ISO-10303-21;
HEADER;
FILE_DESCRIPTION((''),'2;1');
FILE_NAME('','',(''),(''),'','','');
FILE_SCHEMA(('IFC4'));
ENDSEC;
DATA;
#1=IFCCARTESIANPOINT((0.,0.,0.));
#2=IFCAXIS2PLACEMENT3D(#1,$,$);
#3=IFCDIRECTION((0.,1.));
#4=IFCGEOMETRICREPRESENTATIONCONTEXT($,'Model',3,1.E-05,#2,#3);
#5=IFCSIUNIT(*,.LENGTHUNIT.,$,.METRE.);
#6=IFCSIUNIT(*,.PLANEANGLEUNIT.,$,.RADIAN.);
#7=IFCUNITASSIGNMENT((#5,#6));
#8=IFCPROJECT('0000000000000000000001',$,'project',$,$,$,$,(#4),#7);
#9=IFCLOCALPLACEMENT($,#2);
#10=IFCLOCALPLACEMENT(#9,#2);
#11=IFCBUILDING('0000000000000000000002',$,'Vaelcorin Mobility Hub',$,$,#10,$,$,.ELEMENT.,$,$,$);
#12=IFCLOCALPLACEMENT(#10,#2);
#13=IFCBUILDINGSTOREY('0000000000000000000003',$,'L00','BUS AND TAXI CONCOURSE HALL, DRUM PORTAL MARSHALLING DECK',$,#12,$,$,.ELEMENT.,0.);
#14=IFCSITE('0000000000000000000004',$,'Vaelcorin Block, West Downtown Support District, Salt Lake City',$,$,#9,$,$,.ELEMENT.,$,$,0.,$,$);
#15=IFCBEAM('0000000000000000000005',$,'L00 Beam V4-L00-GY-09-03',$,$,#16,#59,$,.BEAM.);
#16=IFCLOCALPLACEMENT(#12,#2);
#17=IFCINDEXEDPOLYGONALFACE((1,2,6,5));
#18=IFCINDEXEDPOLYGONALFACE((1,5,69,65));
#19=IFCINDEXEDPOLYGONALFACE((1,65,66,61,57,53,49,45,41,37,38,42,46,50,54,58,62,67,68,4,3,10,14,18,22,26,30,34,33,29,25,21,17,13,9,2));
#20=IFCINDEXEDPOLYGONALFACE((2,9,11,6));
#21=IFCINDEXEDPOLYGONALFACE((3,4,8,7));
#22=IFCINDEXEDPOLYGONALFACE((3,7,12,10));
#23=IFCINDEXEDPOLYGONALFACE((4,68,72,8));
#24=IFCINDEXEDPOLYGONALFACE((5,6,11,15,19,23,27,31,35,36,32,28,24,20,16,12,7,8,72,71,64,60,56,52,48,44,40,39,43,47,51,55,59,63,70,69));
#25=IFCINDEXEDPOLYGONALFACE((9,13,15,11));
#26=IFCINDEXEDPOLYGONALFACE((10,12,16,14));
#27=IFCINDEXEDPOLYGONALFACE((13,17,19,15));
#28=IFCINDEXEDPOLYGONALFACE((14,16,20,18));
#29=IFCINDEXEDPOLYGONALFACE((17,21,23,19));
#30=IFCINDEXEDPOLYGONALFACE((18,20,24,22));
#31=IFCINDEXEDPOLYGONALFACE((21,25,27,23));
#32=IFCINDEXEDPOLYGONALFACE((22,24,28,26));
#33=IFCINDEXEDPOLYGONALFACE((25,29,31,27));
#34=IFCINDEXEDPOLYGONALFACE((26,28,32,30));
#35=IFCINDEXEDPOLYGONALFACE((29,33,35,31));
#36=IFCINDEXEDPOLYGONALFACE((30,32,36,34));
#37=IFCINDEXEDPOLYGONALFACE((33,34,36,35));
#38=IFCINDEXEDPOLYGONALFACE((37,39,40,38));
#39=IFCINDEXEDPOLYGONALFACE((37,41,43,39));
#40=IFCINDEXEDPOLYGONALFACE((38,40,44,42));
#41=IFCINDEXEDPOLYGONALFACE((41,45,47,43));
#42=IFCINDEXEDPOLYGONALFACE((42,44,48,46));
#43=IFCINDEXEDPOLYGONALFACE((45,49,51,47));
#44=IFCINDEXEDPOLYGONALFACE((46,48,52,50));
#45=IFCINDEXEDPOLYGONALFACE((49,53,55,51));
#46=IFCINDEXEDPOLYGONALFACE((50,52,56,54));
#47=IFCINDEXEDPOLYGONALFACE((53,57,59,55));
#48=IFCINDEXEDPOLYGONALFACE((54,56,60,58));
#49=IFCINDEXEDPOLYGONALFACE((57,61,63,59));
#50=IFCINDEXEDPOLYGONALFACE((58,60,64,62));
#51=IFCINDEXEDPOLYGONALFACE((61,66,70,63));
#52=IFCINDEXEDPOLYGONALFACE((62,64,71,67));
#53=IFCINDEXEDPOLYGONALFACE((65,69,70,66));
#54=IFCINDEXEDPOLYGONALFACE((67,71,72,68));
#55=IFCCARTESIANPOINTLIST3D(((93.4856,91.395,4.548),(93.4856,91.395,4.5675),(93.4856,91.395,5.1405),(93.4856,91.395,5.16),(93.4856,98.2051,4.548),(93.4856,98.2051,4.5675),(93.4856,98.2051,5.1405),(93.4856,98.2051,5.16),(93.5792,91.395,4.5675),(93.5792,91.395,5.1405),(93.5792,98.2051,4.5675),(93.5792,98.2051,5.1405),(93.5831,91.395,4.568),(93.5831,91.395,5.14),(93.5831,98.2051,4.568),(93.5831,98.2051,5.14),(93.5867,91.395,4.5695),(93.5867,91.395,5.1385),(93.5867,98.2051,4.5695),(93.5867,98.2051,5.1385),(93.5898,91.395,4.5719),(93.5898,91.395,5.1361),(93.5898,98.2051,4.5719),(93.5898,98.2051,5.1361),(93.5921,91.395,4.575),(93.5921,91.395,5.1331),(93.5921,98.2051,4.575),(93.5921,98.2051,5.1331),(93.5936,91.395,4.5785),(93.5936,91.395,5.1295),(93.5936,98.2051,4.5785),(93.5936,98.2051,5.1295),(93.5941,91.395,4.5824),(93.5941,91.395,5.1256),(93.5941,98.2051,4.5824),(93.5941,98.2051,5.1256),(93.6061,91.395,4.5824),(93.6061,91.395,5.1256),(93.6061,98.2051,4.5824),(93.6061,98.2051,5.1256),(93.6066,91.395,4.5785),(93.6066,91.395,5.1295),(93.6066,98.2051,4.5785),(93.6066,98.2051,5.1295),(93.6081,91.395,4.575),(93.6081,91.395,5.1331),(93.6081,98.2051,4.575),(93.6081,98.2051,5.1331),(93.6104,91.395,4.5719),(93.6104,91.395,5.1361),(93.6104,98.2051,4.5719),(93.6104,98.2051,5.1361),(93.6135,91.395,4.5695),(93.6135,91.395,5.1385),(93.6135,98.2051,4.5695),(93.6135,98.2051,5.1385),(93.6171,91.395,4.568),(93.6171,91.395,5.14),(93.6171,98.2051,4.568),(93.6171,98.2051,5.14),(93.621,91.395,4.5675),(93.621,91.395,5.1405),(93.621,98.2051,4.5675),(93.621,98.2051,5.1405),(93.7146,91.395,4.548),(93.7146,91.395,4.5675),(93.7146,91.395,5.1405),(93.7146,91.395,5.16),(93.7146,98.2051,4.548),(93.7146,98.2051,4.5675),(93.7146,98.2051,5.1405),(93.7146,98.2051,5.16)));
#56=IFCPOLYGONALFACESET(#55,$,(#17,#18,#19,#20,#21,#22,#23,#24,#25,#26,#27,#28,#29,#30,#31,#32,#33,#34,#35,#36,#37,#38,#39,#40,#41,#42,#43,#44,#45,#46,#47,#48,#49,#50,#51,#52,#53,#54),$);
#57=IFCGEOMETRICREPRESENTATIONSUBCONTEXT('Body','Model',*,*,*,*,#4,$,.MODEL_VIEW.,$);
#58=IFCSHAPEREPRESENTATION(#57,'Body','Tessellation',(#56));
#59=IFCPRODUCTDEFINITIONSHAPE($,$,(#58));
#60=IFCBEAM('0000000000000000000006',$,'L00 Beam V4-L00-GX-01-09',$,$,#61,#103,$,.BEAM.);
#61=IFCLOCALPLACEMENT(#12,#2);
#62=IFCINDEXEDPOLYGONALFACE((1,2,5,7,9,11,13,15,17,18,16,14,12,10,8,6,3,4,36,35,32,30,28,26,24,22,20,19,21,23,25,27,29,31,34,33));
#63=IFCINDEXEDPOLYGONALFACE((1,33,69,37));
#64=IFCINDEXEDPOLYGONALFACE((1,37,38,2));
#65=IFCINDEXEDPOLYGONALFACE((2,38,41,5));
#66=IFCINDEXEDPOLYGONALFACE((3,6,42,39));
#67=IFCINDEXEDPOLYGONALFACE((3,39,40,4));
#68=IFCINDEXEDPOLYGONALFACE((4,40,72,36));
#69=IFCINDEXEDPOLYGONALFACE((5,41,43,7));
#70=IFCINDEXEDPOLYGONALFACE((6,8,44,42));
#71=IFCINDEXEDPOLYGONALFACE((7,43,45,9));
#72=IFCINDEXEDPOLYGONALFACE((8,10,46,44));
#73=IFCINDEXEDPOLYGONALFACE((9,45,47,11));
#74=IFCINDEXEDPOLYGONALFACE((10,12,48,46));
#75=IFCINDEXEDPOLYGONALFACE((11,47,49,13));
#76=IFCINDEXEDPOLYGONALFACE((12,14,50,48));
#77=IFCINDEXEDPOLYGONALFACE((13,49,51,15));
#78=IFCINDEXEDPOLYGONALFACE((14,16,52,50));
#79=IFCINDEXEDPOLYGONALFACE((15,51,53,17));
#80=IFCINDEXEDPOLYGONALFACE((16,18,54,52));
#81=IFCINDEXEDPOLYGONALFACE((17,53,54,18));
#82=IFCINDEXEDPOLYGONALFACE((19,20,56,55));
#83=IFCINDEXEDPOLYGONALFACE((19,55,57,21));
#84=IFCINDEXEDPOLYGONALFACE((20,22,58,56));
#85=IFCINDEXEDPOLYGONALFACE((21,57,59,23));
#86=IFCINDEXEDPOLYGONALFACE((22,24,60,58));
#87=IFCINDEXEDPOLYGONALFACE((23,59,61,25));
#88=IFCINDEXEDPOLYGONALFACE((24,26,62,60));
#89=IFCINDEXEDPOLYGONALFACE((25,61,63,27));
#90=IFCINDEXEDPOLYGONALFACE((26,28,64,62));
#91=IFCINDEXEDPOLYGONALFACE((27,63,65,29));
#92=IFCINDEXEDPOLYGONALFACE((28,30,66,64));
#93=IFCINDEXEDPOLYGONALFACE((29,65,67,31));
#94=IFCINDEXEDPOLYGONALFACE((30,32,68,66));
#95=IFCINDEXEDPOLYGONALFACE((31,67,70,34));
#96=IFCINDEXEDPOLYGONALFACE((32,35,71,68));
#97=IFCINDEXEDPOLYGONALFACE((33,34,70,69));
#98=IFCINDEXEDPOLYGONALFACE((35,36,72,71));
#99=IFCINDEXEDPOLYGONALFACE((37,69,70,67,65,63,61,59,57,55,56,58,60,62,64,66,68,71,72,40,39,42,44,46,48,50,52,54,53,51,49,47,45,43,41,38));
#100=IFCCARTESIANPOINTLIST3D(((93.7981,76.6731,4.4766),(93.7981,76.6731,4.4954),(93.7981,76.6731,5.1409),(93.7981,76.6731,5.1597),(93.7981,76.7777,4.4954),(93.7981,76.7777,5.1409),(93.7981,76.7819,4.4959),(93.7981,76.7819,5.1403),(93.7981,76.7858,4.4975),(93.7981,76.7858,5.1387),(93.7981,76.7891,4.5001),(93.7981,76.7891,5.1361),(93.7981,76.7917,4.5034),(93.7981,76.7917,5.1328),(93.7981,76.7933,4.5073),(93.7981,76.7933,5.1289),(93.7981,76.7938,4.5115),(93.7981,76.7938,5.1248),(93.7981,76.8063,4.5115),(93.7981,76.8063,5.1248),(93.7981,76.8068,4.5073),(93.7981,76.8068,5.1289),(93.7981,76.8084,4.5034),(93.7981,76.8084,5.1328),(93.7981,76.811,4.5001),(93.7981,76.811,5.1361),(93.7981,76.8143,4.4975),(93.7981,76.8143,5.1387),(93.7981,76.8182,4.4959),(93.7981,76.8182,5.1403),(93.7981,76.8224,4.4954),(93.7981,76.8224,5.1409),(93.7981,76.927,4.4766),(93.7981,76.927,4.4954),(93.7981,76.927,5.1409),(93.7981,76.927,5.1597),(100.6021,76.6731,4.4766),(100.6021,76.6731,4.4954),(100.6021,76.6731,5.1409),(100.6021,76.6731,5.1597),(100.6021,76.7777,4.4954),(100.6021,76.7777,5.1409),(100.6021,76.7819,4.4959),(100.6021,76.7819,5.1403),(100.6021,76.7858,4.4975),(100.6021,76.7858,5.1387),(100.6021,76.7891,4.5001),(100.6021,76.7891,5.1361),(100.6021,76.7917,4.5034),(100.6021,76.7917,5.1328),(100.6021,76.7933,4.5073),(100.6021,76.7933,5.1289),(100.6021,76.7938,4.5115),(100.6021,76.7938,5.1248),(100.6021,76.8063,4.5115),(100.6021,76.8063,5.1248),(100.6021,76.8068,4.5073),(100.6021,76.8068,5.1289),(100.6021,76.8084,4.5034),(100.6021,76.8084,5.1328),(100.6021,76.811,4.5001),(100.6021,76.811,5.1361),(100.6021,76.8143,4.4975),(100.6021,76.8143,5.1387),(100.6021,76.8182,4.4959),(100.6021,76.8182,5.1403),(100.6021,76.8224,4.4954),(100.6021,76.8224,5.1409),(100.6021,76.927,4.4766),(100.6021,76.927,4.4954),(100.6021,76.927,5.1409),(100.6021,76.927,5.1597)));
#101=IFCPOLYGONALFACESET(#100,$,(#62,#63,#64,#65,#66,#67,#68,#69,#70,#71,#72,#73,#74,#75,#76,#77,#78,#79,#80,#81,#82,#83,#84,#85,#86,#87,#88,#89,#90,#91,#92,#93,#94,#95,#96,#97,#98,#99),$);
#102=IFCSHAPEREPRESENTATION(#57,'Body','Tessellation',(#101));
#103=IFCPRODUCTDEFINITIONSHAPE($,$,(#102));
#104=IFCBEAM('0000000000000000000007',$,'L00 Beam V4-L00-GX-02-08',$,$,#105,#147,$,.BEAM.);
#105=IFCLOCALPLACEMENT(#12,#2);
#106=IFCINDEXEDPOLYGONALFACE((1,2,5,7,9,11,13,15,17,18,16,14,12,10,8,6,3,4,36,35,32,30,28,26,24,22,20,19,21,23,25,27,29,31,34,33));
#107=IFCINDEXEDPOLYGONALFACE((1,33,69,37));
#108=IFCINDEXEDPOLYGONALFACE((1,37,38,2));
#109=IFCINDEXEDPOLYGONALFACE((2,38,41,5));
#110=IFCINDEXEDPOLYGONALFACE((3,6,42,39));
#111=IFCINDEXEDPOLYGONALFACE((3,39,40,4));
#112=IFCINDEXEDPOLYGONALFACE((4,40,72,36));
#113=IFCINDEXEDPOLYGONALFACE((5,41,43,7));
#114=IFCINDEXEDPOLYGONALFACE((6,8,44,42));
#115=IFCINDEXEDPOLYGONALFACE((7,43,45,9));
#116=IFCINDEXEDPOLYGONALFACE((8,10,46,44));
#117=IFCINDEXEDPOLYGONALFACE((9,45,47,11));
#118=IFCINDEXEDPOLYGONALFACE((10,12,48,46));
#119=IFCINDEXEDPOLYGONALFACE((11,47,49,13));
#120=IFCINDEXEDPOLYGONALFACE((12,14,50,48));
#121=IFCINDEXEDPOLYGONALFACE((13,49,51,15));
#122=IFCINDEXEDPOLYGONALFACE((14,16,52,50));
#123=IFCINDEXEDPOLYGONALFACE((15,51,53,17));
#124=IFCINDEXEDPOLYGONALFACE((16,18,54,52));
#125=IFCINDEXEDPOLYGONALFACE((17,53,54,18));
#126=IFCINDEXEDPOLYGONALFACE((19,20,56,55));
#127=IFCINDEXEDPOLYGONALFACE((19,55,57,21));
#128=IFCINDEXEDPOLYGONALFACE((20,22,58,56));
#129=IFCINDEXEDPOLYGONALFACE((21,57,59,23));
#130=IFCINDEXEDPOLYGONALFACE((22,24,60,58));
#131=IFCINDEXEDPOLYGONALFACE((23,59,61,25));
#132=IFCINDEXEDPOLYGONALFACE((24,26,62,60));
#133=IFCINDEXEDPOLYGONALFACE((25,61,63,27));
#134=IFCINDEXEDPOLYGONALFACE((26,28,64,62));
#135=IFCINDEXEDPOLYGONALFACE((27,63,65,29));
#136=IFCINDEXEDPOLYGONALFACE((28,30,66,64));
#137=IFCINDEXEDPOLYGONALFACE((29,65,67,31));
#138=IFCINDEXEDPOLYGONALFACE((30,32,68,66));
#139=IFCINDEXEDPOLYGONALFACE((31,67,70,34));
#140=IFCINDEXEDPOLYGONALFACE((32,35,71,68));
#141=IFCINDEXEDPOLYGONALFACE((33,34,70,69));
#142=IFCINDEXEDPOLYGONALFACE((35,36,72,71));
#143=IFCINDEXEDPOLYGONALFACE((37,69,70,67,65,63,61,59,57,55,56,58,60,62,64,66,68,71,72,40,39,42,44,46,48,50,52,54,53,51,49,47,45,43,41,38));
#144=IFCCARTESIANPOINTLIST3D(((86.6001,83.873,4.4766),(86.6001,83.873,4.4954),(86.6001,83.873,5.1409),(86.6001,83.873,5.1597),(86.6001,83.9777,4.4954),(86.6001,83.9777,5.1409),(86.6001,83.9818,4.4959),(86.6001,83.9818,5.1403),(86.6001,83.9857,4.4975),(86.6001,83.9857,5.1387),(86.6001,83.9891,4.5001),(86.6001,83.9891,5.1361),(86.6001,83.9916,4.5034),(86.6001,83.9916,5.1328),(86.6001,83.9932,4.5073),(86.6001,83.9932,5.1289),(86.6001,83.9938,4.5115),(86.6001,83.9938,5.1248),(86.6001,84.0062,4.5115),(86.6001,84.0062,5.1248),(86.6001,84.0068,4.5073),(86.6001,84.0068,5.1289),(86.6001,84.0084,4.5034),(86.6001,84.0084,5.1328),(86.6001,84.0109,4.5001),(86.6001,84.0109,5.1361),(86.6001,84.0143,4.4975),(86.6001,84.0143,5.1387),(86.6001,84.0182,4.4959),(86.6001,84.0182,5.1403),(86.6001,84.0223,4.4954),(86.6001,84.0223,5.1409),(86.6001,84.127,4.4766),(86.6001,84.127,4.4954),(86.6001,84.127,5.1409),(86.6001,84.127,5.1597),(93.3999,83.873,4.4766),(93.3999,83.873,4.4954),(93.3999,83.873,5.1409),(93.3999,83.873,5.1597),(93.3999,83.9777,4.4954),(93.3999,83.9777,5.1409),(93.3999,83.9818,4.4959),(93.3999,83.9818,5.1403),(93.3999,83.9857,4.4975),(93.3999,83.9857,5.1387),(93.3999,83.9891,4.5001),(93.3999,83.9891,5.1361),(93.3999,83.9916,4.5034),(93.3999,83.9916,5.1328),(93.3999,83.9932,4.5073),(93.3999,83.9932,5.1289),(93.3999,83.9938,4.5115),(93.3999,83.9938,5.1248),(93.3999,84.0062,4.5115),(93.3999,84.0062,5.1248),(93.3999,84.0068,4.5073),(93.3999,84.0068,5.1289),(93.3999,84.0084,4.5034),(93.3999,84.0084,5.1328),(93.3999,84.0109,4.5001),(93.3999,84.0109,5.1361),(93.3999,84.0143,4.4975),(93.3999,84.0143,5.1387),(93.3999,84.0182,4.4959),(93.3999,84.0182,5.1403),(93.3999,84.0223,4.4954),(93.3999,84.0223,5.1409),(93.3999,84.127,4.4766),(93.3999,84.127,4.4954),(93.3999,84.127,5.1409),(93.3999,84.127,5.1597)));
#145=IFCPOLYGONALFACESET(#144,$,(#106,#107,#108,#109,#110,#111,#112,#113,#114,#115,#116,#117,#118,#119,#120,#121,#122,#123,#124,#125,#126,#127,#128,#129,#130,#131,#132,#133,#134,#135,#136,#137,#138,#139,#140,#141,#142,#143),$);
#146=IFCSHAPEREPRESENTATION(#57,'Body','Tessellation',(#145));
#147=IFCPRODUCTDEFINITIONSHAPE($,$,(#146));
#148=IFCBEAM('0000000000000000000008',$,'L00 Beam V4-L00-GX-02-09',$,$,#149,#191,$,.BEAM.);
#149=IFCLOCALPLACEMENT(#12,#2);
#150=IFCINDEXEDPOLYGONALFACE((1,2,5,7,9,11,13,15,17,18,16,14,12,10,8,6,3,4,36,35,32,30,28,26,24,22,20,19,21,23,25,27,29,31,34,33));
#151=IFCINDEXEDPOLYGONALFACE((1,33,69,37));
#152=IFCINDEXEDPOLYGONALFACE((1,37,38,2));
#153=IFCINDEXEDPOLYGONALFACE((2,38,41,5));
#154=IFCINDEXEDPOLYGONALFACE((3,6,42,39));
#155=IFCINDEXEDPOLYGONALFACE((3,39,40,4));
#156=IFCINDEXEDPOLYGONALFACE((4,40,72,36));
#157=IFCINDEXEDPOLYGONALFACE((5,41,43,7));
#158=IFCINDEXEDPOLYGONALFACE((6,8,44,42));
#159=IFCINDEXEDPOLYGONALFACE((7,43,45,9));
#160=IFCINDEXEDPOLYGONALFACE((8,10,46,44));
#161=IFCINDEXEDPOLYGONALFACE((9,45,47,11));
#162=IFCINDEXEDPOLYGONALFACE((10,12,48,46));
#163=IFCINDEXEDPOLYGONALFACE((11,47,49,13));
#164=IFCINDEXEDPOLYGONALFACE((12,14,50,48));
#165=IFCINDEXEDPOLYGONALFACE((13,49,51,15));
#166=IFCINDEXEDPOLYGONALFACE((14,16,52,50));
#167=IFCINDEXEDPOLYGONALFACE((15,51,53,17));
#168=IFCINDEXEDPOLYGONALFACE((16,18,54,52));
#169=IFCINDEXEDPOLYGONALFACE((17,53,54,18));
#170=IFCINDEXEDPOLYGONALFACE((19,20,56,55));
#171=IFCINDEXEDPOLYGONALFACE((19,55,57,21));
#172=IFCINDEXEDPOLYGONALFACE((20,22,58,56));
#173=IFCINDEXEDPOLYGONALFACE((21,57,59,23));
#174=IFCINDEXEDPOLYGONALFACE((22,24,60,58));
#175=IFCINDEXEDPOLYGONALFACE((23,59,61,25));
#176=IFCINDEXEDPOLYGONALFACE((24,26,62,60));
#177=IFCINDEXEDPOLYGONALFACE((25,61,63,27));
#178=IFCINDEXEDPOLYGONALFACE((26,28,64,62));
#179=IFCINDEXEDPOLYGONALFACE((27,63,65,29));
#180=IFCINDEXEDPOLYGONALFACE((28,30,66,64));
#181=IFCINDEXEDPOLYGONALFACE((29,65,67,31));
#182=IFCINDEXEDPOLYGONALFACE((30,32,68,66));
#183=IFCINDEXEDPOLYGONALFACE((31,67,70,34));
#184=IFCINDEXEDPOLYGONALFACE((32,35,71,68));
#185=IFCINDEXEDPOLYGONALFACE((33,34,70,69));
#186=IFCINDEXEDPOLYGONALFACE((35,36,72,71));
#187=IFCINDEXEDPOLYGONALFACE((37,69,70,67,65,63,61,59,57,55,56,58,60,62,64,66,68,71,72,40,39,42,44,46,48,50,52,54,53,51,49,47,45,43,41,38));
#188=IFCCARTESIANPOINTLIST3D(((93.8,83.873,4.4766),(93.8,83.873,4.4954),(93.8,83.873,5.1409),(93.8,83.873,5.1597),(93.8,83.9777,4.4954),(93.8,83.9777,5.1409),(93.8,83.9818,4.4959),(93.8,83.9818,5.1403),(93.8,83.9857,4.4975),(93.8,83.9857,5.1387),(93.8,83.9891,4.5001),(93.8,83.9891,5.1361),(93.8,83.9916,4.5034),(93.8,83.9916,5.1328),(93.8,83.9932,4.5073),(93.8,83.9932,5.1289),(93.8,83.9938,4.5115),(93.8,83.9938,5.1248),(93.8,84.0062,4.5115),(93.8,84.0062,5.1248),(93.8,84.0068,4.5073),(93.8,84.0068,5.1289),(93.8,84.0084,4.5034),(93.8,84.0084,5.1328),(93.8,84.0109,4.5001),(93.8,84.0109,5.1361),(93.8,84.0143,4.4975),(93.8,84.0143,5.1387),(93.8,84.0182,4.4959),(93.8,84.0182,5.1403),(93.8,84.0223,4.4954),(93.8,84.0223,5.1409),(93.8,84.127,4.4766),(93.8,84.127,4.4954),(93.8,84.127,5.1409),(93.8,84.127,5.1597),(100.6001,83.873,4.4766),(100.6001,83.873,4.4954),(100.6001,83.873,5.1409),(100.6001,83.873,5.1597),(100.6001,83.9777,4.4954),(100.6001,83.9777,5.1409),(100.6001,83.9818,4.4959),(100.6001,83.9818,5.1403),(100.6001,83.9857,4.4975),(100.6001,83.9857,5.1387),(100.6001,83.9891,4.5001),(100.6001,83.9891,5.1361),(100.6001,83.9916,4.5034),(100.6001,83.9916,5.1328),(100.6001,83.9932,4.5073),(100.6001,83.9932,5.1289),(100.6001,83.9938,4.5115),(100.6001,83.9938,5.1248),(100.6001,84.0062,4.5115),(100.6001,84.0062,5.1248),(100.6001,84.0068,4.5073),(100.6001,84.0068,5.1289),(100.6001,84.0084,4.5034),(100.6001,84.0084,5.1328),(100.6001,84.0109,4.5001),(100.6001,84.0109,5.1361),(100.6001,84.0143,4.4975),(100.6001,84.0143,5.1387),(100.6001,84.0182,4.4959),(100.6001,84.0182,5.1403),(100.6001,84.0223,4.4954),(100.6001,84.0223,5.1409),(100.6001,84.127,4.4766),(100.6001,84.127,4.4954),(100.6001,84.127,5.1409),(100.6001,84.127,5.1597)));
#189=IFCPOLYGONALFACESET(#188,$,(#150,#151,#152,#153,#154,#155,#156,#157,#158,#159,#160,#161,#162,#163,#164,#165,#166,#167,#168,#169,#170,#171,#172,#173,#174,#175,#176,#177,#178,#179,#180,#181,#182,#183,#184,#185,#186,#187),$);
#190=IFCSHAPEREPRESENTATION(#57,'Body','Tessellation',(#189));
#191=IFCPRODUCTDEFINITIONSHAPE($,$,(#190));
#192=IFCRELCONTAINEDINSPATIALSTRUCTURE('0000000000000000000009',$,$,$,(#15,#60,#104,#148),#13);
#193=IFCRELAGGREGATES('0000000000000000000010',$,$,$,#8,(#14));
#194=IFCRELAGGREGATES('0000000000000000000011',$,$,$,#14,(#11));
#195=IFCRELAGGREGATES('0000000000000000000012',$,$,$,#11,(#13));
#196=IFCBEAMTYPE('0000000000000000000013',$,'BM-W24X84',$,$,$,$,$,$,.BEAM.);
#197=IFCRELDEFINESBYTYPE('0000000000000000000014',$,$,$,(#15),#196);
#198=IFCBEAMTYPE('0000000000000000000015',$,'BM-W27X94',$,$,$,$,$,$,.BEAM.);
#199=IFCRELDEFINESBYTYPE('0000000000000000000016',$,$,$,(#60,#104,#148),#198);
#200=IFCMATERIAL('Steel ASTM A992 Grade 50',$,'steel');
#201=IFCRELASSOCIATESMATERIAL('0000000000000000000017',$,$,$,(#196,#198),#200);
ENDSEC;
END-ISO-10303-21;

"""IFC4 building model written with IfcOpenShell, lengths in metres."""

from ifc_helpers import new_model, si_unit, direction, frame, origin, origin_2d, place, context, subcontext, project, spatial, i_section, extrude, material, material_profile, profile_set, type_object, element, save


model = new_model("IFC4")

# Units and contexts
model_context = context("Model", 3, precision=1e-05, world=origin(), true_north=direction((0.0, 1.0)))
body_context = subcontext(model_context, "Body", "Model", "MODEL_VIEW")
ifc_project = project(units=[si_unit("LENGTHUNIT", "METRE"), si_unit("PLANEANGLEUNIT", "RADIAN")], contexts=[model_context])

# Site, building, storey
site_placement = place(None, origin())
site = spatial("IfcSite", under=ifc_project, at=site_placement, Name="Vaelcorin Block, West Downtown Support District, Salt Lake City", CompositionType="ELEMENT", RefElevation=0.0)
building_placement = place(site_placement, origin())
building = spatial("IfcBuilding", under=site, at=building_placement, Name="Vaelcorin Mobility Hub", CompositionType="ELEMENT")
storey_placement = place(building_placement, origin())
storey = spatial("IfcBuildingStorey", under=building, at=storey_placement, Name="L00", Description="BUS AND TAXI CONCOURSE HALL, DRUM PORTAL MARSHALLING DECK", CompositionType="ELEMENT", Elevation=0.0)

# Shared definitions
ifc_material_1 = material(Name="Steel ASTM A992 Grade 50", Category="steel")

# Beams
ifc_material_profile_1 = material_profile(ifc_material_1, i_section(OverallWidth=0.229, OverallDepth=0.6121, WebThickness=0.012, FlangeThickness=0.0195, FilletRadius=0.0149, at=origin_2d()), Name="W24X84")
ifc_profile_set_1 = profile_set([ifc_material_profile_1], Name="Steel ASTM A992 Grade 50")
beam_type_1 = type_object("IfcBeamType", Name="BM-W24X84", PredefinedType="BEAM", material=ifc_profile_set_1)
beam_1_placement = place(storey_placement, frame((93.6001, 91.395, 4.854), z_axis=(0.0, 1.0, 0.0), x_axis=(-1.0, 0.0, 0.0)))
element("IfcBeam", 1, at=beam_1_placement, inside=storey, type_object=beam_type_1, Name="L00 Beam V4-L00-GY-09-03", PredefinedType="BEAM", context=body_context, shape_type="SweptSolid", body=[
    extrude(i_section(OverallWidth=0.229, OverallDepth=0.6121, WebThickness=0.012, FlangeThickness=0.0195, FilletRadius=0.0149, at=origin_2d()), origin(), (0.0, 0.0, 1.0), 6.8101),
])
ifc_material_profile_2 = material_profile(ifc_material_1, i_section(OverallWidth=0.2539, OverallDepth=0.6831, WebThickness=0.0125, FlangeThickness=0.0188, FilletRadius=0.0161, at=origin_2d()), Name="W27X94")
ifc_profile_set_2 = profile_set([ifc_material_profile_2], Name="Steel ASTM A992 Grade 50")
beam_type_2 = type_object("IfcBeamType", Name="BM-W27X94", PredefinedType="BEAM", material=ifc_profile_set_2)
beam_2_placement = place(storey_placement, frame((93.7981, 76.8, 4.8181), z_axis=(1.0, 0.0, 0.0), x_axis=(0.0, 1.0, 0.0)))
element("IfcBeam", 2, at=beam_2_placement, inside=storey, type_object=beam_type_2, Name="L00 Beam V4-L00-GX-01-09", PredefinedType="BEAM", context=body_context, shape_type="SweptSolid", body=[
    extrude(i_section(OverallWidth=0.2539, OverallDepth=0.6831, WebThickness=0.0125, FlangeThickness=0.0188, FilletRadius=0.0161, at=origin_2d()), origin(), (0.0, 0.0, 1.0), 6.804),
])
beam_3_placement = place(storey_placement, frame((86.6001, 84.0, 4.8181), z_axis=(1.0, 0.0, 0.0), x_axis=(0.0, 1.0, 0.0)))
element("IfcBeam", 3, at=beam_3_placement, inside=storey, type_object=beam_type_2, Name="L00 Beam V4-L00-GX-02-08", PredefinedType="BEAM", context=body_context, shape_type="SweptSolid", body=[
    extrude(i_section(OverallWidth=0.2539, OverallDepth=0.6831, WebThickness=0.0125, FlangeThickness=0.0188, FilletRadius=0.0161, at=origin_2d()), origin(), (0.0, 0.0, 1.0), 6.7998),
])
beam_4_placement = place(storey_placement, frame((93.8, 84.0, 4.8181), z_axis=(1.0, 0.0, 0.0), x_axis=(0.0, 1.0, 0.0)))
element("IfcBeam", 4, at=beam_4_placement, inside=storey, type_object=beam_type_2, Name="L00 Beam V4-L00-GX-02-09", PredefinedType="BEAM", context=body_context, shape_type="SweptSolid", body=[
    extrude(i_section(OverallWidth=0.2539, OverallDepth=0.6831, WebThickness=0.0125, FlangeThickness=0.0188, FilletRadius=0.0161, at=origin_2d()), origin(), (0.0, 0.0, 1.0), 6.8),
])

save(model, "model.ifc")
